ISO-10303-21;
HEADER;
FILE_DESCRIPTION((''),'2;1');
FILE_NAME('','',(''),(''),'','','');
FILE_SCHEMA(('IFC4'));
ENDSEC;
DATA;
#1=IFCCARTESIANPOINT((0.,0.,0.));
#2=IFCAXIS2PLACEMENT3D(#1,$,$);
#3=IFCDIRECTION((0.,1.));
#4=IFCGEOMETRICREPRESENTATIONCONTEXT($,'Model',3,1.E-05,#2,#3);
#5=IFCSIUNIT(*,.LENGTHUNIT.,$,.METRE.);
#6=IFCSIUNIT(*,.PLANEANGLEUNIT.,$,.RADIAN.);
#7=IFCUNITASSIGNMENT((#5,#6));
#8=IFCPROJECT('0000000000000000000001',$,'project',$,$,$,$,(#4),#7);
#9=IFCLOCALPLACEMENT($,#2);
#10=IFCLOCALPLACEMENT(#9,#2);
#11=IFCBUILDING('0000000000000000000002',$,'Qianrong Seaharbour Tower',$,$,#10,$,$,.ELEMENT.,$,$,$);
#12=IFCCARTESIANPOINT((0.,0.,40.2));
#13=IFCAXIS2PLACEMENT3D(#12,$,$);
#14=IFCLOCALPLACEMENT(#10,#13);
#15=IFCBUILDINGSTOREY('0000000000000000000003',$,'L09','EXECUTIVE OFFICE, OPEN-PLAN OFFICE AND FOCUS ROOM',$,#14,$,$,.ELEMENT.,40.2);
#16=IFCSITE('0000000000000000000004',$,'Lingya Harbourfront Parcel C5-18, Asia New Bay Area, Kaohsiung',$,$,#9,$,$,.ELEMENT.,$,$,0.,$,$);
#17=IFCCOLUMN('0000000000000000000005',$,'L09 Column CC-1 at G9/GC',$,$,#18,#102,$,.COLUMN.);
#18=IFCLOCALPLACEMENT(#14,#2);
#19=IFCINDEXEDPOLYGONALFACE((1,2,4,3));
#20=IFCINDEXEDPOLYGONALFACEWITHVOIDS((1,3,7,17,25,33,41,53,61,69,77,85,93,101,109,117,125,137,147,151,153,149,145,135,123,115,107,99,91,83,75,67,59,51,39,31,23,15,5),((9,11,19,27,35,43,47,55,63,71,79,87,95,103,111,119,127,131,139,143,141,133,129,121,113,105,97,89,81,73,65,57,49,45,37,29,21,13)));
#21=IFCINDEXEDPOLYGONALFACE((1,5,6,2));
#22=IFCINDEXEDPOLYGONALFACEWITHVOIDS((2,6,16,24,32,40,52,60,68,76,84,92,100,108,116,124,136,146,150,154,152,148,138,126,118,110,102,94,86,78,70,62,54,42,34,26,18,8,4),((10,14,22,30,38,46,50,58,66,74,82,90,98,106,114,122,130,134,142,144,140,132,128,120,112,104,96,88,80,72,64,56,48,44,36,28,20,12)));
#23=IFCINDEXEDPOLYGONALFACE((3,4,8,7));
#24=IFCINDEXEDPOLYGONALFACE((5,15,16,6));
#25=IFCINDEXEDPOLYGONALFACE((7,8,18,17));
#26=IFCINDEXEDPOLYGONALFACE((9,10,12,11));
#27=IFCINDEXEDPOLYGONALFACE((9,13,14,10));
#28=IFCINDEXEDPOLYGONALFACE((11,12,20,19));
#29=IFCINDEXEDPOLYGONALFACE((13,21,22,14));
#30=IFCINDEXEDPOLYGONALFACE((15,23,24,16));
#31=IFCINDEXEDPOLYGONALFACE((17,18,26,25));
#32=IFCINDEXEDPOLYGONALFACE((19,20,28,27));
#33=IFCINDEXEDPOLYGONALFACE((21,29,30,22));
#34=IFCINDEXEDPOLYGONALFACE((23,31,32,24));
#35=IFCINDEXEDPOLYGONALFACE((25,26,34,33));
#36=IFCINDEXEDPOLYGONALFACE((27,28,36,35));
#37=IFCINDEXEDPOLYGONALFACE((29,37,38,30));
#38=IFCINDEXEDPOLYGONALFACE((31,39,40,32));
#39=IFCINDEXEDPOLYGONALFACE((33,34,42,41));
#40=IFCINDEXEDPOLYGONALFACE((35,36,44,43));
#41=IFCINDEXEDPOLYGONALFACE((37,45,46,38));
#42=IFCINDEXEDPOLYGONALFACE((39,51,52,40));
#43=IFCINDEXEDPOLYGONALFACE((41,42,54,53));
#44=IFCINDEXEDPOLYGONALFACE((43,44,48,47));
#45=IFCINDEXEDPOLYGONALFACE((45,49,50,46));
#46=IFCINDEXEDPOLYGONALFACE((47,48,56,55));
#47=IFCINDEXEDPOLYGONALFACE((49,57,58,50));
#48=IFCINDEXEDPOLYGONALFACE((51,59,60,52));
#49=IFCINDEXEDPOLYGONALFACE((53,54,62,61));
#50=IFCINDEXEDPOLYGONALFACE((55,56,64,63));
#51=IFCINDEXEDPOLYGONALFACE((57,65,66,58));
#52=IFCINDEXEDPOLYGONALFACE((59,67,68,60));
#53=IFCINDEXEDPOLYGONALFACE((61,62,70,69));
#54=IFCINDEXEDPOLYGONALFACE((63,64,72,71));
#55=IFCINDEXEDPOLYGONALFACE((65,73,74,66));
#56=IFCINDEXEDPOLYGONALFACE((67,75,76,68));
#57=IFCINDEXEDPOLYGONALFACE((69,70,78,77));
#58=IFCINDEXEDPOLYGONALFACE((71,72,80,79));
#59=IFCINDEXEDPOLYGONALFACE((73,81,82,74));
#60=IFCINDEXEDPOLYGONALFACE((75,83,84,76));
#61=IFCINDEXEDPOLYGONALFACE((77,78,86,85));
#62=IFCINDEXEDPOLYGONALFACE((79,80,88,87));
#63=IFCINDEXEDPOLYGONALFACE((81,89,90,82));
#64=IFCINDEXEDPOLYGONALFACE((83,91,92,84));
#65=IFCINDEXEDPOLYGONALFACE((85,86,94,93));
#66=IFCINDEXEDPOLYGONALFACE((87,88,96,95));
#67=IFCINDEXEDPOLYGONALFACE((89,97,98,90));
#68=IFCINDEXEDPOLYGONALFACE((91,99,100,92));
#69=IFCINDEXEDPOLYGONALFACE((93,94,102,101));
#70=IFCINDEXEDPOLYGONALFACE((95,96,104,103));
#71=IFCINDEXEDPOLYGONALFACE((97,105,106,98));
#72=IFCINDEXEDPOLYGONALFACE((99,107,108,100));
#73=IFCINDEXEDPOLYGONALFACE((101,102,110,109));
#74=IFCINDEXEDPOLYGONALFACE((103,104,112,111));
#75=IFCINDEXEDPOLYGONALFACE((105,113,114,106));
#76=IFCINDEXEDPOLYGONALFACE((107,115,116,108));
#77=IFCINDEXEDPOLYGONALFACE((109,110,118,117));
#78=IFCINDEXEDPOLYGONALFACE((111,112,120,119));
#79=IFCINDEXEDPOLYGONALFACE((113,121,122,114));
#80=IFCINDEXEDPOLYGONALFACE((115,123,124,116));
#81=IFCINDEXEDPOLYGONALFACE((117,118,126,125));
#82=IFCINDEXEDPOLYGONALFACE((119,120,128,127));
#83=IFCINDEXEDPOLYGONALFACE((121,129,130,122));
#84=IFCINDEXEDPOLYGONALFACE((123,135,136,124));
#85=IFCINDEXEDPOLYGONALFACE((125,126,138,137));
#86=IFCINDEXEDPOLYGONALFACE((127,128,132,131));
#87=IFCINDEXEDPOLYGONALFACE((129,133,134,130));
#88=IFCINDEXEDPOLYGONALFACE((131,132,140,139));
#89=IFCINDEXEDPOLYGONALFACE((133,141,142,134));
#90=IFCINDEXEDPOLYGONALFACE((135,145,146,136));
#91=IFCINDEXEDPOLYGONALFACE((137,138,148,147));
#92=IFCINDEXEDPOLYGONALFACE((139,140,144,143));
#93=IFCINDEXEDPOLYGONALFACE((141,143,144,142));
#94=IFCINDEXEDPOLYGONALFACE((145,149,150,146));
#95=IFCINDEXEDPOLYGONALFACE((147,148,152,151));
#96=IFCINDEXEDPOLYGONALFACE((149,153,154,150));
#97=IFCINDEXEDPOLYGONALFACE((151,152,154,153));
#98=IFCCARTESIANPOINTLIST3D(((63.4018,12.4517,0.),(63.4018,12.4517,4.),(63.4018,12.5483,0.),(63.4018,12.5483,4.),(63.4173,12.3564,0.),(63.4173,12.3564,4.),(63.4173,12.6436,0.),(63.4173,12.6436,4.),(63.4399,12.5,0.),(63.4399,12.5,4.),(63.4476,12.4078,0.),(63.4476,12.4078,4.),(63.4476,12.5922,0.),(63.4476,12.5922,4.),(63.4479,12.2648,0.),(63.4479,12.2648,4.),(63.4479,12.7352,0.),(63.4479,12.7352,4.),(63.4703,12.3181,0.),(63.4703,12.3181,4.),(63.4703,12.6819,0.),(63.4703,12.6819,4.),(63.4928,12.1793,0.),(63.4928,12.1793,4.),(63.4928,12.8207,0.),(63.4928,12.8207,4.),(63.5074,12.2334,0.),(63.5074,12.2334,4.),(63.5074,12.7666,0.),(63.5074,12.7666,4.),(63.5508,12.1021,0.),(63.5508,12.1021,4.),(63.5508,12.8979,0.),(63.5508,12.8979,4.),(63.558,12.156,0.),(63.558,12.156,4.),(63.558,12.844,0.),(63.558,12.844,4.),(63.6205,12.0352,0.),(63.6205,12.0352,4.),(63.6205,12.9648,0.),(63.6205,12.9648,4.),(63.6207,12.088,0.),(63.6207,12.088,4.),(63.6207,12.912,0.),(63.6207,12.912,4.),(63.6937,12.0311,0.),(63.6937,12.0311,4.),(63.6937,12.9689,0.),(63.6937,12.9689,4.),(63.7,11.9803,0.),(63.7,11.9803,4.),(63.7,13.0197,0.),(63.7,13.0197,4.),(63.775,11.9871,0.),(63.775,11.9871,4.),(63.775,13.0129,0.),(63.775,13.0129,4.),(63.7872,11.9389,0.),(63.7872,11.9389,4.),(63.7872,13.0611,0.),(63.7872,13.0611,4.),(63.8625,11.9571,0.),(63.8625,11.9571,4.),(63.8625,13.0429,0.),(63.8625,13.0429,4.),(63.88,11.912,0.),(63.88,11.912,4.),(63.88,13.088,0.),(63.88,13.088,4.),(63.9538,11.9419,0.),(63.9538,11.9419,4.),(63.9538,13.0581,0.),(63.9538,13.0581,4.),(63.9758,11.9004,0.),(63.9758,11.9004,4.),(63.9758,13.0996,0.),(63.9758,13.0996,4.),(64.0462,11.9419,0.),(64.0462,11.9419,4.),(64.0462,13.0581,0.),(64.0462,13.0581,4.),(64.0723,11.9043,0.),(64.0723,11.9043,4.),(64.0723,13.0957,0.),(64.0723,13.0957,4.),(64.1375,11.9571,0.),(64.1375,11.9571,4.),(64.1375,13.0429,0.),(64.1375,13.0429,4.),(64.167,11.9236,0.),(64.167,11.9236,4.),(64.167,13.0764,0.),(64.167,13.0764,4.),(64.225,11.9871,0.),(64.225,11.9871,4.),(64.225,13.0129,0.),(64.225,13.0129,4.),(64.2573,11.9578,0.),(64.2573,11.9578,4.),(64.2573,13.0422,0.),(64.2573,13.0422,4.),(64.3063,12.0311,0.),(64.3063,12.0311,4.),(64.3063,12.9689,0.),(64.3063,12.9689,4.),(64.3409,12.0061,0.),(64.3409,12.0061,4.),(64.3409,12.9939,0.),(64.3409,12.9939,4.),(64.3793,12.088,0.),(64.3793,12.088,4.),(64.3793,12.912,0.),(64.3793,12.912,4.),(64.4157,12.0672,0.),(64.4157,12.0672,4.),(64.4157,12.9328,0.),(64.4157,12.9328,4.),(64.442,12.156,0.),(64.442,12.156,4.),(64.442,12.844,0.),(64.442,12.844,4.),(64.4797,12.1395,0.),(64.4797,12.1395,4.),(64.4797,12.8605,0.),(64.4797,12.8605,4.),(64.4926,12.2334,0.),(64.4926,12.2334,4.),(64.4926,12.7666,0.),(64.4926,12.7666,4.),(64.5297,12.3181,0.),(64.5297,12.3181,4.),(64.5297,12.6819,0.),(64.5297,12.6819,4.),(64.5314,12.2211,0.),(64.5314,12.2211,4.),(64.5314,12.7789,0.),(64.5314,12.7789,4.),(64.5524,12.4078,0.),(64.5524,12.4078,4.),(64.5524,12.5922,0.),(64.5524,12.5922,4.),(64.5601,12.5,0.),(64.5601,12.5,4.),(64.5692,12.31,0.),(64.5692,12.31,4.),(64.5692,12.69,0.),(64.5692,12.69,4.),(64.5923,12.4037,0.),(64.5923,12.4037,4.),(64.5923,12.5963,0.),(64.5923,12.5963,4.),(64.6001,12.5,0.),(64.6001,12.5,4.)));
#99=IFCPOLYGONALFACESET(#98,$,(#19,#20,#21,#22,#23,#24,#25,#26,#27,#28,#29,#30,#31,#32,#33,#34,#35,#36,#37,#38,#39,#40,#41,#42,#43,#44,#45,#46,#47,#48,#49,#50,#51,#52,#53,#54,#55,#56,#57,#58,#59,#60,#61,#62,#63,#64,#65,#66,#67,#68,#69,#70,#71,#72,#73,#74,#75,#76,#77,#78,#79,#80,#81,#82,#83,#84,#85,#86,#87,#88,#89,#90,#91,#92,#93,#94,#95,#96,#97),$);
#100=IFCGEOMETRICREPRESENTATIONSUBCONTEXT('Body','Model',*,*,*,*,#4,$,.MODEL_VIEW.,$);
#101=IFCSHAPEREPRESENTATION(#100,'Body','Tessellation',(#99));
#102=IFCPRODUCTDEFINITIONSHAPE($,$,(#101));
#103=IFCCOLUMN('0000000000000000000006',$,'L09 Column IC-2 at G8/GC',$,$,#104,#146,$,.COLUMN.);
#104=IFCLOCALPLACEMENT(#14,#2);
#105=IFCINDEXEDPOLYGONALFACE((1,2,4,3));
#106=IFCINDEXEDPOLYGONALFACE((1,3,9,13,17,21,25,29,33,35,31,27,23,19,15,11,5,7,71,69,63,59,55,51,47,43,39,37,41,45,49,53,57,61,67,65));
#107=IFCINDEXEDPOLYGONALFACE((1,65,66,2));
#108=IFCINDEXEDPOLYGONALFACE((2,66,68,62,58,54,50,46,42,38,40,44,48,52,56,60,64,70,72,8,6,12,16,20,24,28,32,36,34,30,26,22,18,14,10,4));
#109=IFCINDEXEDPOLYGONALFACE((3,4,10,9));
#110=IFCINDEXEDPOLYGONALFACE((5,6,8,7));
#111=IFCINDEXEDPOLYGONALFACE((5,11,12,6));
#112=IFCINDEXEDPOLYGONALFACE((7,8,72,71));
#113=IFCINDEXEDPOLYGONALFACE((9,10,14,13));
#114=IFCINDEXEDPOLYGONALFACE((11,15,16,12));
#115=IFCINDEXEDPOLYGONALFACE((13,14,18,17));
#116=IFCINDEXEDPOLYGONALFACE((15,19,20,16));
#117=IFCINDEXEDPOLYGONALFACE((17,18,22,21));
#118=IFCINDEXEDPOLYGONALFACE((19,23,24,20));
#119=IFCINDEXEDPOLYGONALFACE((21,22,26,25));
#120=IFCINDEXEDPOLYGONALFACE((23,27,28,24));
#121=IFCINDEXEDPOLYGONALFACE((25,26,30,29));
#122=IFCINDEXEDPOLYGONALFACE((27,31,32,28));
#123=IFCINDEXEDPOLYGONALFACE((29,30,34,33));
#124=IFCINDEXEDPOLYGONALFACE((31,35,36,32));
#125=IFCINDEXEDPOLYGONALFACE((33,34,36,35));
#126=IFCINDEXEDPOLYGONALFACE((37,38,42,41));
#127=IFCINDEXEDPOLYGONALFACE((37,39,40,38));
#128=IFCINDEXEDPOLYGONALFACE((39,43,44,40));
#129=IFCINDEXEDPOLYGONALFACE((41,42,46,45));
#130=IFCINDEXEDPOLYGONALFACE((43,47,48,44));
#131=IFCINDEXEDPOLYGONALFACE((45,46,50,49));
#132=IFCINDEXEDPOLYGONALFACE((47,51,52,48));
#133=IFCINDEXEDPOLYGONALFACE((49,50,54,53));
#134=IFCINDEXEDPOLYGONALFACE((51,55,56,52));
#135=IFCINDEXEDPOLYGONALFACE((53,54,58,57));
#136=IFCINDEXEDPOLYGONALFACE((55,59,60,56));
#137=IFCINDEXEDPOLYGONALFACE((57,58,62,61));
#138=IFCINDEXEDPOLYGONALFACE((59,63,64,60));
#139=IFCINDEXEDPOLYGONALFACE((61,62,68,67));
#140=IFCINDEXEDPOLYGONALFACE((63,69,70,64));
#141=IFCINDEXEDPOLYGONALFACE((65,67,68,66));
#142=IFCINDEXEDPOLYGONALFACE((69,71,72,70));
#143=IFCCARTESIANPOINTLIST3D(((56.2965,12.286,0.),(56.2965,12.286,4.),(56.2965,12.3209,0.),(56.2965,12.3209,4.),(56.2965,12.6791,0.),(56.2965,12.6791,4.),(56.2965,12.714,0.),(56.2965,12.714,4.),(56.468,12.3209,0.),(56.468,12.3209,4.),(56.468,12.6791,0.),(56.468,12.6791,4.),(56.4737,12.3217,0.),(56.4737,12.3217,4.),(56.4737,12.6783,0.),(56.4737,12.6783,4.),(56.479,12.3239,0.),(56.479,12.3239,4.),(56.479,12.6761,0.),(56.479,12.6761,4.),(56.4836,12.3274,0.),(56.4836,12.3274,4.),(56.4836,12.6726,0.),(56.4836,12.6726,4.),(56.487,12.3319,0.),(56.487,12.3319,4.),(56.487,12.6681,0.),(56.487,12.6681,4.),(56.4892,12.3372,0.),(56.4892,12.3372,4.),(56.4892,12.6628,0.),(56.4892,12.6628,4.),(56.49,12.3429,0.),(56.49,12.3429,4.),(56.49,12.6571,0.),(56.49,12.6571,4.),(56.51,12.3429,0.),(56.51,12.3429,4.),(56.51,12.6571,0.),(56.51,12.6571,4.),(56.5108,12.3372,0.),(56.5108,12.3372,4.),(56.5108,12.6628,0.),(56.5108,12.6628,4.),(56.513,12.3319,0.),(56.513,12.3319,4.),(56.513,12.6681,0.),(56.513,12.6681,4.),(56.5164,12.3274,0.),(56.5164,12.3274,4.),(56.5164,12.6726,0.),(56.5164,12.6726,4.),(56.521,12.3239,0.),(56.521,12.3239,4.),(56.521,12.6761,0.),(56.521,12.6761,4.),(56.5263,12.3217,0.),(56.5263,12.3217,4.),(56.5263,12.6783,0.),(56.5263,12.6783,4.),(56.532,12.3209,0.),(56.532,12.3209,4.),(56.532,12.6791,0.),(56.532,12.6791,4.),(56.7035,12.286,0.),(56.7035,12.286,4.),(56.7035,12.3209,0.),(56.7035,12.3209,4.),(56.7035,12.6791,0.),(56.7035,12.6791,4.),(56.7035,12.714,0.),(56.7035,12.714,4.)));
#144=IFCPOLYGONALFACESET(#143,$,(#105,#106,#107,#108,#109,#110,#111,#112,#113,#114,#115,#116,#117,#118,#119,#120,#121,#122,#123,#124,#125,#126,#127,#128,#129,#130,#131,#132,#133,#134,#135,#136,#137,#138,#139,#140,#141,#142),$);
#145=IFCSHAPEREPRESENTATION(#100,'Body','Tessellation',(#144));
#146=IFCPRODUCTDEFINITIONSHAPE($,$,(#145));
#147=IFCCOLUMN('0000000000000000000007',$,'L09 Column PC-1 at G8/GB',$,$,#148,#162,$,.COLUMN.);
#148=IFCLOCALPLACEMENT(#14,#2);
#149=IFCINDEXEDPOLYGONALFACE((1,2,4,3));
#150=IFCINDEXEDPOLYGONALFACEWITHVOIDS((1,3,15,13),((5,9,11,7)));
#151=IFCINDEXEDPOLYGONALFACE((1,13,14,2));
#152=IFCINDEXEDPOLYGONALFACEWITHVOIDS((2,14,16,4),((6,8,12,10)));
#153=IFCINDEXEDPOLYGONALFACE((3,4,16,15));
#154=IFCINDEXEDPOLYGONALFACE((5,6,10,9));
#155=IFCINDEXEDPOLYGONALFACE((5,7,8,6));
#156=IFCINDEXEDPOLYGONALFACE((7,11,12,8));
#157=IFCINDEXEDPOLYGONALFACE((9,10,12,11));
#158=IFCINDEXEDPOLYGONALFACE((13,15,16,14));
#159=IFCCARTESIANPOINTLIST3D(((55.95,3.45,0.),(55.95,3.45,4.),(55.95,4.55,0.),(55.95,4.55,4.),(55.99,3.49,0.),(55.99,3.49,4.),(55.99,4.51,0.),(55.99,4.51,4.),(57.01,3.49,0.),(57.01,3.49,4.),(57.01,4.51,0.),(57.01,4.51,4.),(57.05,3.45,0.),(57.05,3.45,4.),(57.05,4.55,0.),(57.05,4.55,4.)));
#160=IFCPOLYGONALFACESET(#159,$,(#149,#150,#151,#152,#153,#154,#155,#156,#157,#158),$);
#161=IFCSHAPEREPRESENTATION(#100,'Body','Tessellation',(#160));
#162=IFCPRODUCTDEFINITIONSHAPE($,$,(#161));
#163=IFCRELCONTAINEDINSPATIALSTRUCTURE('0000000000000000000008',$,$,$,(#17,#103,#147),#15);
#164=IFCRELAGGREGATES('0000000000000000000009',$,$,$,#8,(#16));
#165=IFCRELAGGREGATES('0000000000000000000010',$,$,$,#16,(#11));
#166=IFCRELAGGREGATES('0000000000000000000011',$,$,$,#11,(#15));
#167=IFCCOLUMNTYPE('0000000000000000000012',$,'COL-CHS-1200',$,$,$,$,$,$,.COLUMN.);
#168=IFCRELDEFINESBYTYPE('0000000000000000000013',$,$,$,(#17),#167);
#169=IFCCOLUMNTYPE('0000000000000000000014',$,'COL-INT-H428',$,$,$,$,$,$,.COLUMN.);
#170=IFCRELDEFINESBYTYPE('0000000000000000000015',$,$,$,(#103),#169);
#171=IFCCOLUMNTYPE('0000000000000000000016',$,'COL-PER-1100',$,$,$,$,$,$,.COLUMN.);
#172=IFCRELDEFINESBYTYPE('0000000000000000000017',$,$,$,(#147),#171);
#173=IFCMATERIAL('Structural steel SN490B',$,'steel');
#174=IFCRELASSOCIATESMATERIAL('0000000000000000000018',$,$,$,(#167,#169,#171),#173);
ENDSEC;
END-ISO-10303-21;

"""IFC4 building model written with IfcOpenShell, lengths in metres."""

from ifc_helpers import new_model, si_unit, direction, frame, origin, origin_2d, place, context, subcontext, project, spatial, hollow_rectangle, hollow_circle, i_section, extrude, material, material_profile, profile_set, type_object, element, save


model = new_model("IFC4")

# Units and contexts
model_context = context("Model", 3, precision=1e-05, world=origin(), true_north=direction((0.0, 1.0)))
body_context = subcontext(model_context, "Body", "Model", "MODEL_VIEW")
ifc_project = project(units=[si_unit("LENGTHUNIT", "METRE"), si_unit("PLANEANGLEUNIT", "RADIAN")], contexts=[model_context])

# Site, building, storey
site_placement = place(None, origin())
site = spatial("IfcSite", under=ifc_project, at=site_placement, Name="Lingya Harbourfront Parcel C5-18, Asia New Bay Area, Kaohsiung", CompositionType="ELEMENT", RefElevation=0.0)
building_placement = place(site_placement, origin())
building = spatial("IfcBuilding", under=site, at=building_placement, Name="Qianrong Seaharbour Tower", CompositionType="ELEMENT")
storey_placement = place(building_placement, frame((0.0, 0.0, 40.2)))
storey = spatial("IfcBuildingStorey", under=building, at=storey_placement, Name="L09", Description="EXECUTIVE OFFICE, OPEN-PLAN OFFICE AND FOCUS ROOM", CompositionType="ELEMENT", Elevation=40.2)

# Columns
ifc_material_1 = material(Name="Structural steel SN490B", Category="steel")
ifc_material_profile_1 = material_profile(ifc_material_1, hollow_circle(Radius=0.6001, WallThickness=0.04, at=origin_2d()), Name="CHS1200x40")
ifc_profile_set_1 = profile_set([ifc_material_profile_1], Name="Structural steel SN490B")
column_type_1 = type_object("IfcColumnType", Name="COL-CHS-1200", PredefinedType="COLUMN", material=ifc_profile_set_1)
column_1_placement = place(storey_placement, frame((64.0, 12.5, 0.0), z_axis=(0.0, 0.0, 1.0), x_axis=(1.0, 0.0, 0.0)))
element("IfcColumn", 1, at=column_1_placement, inside=storey, type_object=column_type_1, Name="L09 Column CC-1 at G9/GC", PredefinedType="COLUMN", context=body_context, shape_type="SweptSolid", body=[
    extrude(hollow_circle(Radius=0.6001, WallThickness=0.04, at=origin_2d()), origin(), (0.0, 0.0, 1.0), 4.0),
])
ifc_material_profile_2 = material_profile(ifc_material_1, i_section(OverallWidth=0.407, OverallDepth=0.428, WebThickness=0.02, FlangeThickness=0.0349, FilletRadius=0.022, at=origin_2d()), Name="H428x407x20x35")
ifc_profile_set_2 = profile_set([ifc_material_profile_2], Name="Structural steel SN490B")
column_type_2 = type_object("IfcColumnType", Name="COL-INT-H428", PredefinedType="COLUMN", material=ifc_profile_set_2)
column_2_placement = place(storey_placement, frame((56.5, 12.5, 0.0), z_axis=(0.0, 0.0, 1.0), x_axis=(1.0, 0.0, 0.0)))
element("IfcColumn", 2, at=column_2_placement, inside=storey, type_object=column_type_2, Name="L09 Column IC-2 at G8/GC", PredefinedType="COLUMN", context=body_context, shape_type="SweptSolid", body=[
    extrude(i_section(OverallWidth=0.407, OverallDepth=0.428, WebThickness=0.02, FlangeThickness=0.0349, FilletRadius=0.022, at=origin_2d()), origin(), (0.0, 0.0, 1.0), 4.0),
])
ifc_material_profile_3 = material_profile(ifc_material_1, hollow_rectangle(XDim=1.1001, YDim=1.1001, WallThickness=0.04, at=origin_2d()), Name="BOX1100x1100x40")
ifc_profile_set_3 = profile_set([ifc_material_profile_3], Name="Structural steel SN490B")
column_type_3 = type_object("IfcColumnType", Name="COL-PER-1100", PredefinedType="COLUMN", material=ifc_profile_set_3)
column_3_placement = place(storey_placement, frame((56.5, 4.0, 0.0), z_axis=(0.0, 0.0, 1.0), x_axis=(1.0, 0.0, 0.0)))
element("IfcColumn", 3, at=column_3_placement, inside=storey, type_object=column_type_3, Name="L09 Column PC-1 at G8/GB", PredefinedType="COLUMN", context=body_context, shape_type="SweptSolid", body=[
    extrude(hollow_rectangle(XDim=1.1001, YDim=1.1001, WallThickness=0.04, at=origin_2d()), origin(), (0.0, 0.0, 1.0), 4.0),
])

save(model, "model.ifc")
